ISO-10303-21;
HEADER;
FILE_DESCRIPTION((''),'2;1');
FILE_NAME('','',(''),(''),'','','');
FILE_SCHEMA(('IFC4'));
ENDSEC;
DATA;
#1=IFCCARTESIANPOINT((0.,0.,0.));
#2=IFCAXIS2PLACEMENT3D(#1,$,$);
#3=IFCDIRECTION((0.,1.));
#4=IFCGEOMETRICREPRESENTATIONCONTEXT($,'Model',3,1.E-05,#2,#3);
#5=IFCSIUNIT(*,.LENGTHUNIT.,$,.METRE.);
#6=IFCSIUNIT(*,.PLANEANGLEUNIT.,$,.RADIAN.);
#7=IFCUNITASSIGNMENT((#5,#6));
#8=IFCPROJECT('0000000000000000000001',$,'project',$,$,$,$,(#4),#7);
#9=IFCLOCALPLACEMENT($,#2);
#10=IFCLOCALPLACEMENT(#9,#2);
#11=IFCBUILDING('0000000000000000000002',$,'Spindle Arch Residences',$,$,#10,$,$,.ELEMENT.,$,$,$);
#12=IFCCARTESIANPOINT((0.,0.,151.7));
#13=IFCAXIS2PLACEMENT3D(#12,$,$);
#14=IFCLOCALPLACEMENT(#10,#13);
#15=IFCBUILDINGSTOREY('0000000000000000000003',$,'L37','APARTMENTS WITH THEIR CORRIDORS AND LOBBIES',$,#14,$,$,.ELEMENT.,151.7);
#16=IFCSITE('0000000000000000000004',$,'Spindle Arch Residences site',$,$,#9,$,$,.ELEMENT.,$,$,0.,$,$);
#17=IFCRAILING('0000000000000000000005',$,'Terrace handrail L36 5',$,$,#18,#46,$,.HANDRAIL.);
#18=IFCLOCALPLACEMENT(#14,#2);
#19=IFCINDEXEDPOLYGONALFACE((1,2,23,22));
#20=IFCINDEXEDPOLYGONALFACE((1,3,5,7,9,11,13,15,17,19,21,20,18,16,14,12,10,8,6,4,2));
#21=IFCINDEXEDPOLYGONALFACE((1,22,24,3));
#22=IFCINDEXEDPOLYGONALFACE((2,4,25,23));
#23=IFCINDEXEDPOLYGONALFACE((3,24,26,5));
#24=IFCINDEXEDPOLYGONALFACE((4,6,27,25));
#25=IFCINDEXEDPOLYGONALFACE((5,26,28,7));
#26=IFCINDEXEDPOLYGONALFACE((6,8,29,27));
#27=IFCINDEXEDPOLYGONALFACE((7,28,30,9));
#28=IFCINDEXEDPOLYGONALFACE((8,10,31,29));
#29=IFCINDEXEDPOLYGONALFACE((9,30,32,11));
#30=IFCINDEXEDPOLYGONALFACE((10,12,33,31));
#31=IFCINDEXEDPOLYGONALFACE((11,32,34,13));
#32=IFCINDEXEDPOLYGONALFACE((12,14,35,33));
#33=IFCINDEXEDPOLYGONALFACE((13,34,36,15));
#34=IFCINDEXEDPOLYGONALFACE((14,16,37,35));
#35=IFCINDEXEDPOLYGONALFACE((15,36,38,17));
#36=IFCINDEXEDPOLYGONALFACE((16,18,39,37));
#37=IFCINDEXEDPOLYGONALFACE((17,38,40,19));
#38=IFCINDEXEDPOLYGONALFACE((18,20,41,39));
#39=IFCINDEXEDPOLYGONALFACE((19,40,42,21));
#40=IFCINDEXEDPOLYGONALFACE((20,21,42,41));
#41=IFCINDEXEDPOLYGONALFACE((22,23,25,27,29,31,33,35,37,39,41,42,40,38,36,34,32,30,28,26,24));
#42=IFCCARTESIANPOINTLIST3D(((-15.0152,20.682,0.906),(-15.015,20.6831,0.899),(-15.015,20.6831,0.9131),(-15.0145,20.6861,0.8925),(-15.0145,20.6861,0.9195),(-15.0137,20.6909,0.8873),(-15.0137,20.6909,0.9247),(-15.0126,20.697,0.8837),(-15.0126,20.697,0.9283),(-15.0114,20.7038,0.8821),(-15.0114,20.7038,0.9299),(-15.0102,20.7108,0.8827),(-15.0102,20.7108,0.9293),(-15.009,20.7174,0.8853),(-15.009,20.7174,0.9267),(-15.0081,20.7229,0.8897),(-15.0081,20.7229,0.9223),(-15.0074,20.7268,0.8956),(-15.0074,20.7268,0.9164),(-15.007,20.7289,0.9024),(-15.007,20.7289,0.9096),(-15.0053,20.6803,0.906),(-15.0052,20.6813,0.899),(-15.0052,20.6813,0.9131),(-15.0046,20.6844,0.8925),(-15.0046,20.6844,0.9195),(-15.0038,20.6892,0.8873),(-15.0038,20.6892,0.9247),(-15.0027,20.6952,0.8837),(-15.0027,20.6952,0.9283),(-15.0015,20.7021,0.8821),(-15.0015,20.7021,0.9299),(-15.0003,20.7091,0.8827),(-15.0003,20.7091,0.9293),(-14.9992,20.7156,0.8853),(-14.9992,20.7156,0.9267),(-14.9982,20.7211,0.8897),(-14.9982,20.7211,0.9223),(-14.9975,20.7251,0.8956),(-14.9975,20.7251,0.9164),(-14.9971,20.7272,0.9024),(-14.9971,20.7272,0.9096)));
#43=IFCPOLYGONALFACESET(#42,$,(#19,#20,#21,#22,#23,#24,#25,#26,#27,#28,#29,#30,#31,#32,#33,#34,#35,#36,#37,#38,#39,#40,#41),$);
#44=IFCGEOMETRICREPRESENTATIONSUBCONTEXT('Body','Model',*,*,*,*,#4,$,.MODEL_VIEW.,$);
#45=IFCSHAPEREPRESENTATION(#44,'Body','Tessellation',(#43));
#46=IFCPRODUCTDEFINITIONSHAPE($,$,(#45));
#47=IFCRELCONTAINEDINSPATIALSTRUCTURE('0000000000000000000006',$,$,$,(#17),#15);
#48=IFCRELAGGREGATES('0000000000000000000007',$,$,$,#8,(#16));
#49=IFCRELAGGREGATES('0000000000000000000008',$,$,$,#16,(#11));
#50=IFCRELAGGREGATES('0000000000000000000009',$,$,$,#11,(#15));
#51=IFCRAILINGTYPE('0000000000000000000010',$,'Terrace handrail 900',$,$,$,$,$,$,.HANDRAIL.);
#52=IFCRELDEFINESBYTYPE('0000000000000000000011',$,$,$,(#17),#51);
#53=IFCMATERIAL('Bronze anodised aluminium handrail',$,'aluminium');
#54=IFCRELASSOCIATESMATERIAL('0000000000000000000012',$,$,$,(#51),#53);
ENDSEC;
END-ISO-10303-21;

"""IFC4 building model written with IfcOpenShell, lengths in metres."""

from ifc_helpers import new_model, si_unit, direction, frame, origin, origin_2d, place, context, subcontext, project, spatial, circle, extrude, material, type_object, element, save


model = new_model("IFC4")

# Units and contexts
model_context = context("Model", 3, precision=1e-05, world=origin(), true_north=direction((0.0, 1.0)))
body_context = subcontext(model_context, "Body", "Model", "MODEL_VIEW")
ifc_project = project(units=[si_unit("LENGTHUNIT", "METRE"), si_unit("PLANEANGLEUNIT", "RADIAN")], contexts=[model_context])

# Site, building, storey
site_placement = place(None, origin())
site = spatial("IfcSite", under=ifc_project, at=site_placement, Name="Spindle Arch Residences site", CompositionType="ELEMENT", RefElevation=0.0)
building_placement = place(site_placement, origin())
building = spatial("IfcBuilding", under=site, at=building_placement, Name="Spindle Arch Residences", CompositionType="ELEMENT")
storey_placement = place(building_placement, frame((0.0, 0.0, 151.7)))
storey = spatial("IfcBuildingStorey", under=building, at=storey_placement, Name="L37", Description="APARTMENTS WITH THEIR CORRIDORS AND LOBBIES", CompositionType="ELEMENT", Elevation=151.7)

# Railing
ifc_material_1 = material(Name="Bronze anodised aluminium handrail", Category="aluminium")
railing_type_1 = type_object("IfcRailingType", Name="Terrace handrail 900", PredefinedType="HANDRAIL", material=ifc_material_1)
railing_1_placement = place(storey_placement, frame((-15.0012, 20.7039, 0.03)))
element("IfcRailing", 1, at=railing_1_placement, inside=storey, type_object=railing_type_1, Name="Terrace handrail L36 5", PredefinedType="HANDRAIL", context=body_context, shape_type="SweptSolid", body=[
    extrude(circle(Radius=0.0239, at=origin_2d()), frame((0.0, 0.0, 0.876), z_axis=(-0.98503, 0.17238, 0.0), x_axis=(-0.17238, -0.98503, 0.0)), (0.0, 0.0, 1.0), 0.01),
])

save(model, "model.ifc")
